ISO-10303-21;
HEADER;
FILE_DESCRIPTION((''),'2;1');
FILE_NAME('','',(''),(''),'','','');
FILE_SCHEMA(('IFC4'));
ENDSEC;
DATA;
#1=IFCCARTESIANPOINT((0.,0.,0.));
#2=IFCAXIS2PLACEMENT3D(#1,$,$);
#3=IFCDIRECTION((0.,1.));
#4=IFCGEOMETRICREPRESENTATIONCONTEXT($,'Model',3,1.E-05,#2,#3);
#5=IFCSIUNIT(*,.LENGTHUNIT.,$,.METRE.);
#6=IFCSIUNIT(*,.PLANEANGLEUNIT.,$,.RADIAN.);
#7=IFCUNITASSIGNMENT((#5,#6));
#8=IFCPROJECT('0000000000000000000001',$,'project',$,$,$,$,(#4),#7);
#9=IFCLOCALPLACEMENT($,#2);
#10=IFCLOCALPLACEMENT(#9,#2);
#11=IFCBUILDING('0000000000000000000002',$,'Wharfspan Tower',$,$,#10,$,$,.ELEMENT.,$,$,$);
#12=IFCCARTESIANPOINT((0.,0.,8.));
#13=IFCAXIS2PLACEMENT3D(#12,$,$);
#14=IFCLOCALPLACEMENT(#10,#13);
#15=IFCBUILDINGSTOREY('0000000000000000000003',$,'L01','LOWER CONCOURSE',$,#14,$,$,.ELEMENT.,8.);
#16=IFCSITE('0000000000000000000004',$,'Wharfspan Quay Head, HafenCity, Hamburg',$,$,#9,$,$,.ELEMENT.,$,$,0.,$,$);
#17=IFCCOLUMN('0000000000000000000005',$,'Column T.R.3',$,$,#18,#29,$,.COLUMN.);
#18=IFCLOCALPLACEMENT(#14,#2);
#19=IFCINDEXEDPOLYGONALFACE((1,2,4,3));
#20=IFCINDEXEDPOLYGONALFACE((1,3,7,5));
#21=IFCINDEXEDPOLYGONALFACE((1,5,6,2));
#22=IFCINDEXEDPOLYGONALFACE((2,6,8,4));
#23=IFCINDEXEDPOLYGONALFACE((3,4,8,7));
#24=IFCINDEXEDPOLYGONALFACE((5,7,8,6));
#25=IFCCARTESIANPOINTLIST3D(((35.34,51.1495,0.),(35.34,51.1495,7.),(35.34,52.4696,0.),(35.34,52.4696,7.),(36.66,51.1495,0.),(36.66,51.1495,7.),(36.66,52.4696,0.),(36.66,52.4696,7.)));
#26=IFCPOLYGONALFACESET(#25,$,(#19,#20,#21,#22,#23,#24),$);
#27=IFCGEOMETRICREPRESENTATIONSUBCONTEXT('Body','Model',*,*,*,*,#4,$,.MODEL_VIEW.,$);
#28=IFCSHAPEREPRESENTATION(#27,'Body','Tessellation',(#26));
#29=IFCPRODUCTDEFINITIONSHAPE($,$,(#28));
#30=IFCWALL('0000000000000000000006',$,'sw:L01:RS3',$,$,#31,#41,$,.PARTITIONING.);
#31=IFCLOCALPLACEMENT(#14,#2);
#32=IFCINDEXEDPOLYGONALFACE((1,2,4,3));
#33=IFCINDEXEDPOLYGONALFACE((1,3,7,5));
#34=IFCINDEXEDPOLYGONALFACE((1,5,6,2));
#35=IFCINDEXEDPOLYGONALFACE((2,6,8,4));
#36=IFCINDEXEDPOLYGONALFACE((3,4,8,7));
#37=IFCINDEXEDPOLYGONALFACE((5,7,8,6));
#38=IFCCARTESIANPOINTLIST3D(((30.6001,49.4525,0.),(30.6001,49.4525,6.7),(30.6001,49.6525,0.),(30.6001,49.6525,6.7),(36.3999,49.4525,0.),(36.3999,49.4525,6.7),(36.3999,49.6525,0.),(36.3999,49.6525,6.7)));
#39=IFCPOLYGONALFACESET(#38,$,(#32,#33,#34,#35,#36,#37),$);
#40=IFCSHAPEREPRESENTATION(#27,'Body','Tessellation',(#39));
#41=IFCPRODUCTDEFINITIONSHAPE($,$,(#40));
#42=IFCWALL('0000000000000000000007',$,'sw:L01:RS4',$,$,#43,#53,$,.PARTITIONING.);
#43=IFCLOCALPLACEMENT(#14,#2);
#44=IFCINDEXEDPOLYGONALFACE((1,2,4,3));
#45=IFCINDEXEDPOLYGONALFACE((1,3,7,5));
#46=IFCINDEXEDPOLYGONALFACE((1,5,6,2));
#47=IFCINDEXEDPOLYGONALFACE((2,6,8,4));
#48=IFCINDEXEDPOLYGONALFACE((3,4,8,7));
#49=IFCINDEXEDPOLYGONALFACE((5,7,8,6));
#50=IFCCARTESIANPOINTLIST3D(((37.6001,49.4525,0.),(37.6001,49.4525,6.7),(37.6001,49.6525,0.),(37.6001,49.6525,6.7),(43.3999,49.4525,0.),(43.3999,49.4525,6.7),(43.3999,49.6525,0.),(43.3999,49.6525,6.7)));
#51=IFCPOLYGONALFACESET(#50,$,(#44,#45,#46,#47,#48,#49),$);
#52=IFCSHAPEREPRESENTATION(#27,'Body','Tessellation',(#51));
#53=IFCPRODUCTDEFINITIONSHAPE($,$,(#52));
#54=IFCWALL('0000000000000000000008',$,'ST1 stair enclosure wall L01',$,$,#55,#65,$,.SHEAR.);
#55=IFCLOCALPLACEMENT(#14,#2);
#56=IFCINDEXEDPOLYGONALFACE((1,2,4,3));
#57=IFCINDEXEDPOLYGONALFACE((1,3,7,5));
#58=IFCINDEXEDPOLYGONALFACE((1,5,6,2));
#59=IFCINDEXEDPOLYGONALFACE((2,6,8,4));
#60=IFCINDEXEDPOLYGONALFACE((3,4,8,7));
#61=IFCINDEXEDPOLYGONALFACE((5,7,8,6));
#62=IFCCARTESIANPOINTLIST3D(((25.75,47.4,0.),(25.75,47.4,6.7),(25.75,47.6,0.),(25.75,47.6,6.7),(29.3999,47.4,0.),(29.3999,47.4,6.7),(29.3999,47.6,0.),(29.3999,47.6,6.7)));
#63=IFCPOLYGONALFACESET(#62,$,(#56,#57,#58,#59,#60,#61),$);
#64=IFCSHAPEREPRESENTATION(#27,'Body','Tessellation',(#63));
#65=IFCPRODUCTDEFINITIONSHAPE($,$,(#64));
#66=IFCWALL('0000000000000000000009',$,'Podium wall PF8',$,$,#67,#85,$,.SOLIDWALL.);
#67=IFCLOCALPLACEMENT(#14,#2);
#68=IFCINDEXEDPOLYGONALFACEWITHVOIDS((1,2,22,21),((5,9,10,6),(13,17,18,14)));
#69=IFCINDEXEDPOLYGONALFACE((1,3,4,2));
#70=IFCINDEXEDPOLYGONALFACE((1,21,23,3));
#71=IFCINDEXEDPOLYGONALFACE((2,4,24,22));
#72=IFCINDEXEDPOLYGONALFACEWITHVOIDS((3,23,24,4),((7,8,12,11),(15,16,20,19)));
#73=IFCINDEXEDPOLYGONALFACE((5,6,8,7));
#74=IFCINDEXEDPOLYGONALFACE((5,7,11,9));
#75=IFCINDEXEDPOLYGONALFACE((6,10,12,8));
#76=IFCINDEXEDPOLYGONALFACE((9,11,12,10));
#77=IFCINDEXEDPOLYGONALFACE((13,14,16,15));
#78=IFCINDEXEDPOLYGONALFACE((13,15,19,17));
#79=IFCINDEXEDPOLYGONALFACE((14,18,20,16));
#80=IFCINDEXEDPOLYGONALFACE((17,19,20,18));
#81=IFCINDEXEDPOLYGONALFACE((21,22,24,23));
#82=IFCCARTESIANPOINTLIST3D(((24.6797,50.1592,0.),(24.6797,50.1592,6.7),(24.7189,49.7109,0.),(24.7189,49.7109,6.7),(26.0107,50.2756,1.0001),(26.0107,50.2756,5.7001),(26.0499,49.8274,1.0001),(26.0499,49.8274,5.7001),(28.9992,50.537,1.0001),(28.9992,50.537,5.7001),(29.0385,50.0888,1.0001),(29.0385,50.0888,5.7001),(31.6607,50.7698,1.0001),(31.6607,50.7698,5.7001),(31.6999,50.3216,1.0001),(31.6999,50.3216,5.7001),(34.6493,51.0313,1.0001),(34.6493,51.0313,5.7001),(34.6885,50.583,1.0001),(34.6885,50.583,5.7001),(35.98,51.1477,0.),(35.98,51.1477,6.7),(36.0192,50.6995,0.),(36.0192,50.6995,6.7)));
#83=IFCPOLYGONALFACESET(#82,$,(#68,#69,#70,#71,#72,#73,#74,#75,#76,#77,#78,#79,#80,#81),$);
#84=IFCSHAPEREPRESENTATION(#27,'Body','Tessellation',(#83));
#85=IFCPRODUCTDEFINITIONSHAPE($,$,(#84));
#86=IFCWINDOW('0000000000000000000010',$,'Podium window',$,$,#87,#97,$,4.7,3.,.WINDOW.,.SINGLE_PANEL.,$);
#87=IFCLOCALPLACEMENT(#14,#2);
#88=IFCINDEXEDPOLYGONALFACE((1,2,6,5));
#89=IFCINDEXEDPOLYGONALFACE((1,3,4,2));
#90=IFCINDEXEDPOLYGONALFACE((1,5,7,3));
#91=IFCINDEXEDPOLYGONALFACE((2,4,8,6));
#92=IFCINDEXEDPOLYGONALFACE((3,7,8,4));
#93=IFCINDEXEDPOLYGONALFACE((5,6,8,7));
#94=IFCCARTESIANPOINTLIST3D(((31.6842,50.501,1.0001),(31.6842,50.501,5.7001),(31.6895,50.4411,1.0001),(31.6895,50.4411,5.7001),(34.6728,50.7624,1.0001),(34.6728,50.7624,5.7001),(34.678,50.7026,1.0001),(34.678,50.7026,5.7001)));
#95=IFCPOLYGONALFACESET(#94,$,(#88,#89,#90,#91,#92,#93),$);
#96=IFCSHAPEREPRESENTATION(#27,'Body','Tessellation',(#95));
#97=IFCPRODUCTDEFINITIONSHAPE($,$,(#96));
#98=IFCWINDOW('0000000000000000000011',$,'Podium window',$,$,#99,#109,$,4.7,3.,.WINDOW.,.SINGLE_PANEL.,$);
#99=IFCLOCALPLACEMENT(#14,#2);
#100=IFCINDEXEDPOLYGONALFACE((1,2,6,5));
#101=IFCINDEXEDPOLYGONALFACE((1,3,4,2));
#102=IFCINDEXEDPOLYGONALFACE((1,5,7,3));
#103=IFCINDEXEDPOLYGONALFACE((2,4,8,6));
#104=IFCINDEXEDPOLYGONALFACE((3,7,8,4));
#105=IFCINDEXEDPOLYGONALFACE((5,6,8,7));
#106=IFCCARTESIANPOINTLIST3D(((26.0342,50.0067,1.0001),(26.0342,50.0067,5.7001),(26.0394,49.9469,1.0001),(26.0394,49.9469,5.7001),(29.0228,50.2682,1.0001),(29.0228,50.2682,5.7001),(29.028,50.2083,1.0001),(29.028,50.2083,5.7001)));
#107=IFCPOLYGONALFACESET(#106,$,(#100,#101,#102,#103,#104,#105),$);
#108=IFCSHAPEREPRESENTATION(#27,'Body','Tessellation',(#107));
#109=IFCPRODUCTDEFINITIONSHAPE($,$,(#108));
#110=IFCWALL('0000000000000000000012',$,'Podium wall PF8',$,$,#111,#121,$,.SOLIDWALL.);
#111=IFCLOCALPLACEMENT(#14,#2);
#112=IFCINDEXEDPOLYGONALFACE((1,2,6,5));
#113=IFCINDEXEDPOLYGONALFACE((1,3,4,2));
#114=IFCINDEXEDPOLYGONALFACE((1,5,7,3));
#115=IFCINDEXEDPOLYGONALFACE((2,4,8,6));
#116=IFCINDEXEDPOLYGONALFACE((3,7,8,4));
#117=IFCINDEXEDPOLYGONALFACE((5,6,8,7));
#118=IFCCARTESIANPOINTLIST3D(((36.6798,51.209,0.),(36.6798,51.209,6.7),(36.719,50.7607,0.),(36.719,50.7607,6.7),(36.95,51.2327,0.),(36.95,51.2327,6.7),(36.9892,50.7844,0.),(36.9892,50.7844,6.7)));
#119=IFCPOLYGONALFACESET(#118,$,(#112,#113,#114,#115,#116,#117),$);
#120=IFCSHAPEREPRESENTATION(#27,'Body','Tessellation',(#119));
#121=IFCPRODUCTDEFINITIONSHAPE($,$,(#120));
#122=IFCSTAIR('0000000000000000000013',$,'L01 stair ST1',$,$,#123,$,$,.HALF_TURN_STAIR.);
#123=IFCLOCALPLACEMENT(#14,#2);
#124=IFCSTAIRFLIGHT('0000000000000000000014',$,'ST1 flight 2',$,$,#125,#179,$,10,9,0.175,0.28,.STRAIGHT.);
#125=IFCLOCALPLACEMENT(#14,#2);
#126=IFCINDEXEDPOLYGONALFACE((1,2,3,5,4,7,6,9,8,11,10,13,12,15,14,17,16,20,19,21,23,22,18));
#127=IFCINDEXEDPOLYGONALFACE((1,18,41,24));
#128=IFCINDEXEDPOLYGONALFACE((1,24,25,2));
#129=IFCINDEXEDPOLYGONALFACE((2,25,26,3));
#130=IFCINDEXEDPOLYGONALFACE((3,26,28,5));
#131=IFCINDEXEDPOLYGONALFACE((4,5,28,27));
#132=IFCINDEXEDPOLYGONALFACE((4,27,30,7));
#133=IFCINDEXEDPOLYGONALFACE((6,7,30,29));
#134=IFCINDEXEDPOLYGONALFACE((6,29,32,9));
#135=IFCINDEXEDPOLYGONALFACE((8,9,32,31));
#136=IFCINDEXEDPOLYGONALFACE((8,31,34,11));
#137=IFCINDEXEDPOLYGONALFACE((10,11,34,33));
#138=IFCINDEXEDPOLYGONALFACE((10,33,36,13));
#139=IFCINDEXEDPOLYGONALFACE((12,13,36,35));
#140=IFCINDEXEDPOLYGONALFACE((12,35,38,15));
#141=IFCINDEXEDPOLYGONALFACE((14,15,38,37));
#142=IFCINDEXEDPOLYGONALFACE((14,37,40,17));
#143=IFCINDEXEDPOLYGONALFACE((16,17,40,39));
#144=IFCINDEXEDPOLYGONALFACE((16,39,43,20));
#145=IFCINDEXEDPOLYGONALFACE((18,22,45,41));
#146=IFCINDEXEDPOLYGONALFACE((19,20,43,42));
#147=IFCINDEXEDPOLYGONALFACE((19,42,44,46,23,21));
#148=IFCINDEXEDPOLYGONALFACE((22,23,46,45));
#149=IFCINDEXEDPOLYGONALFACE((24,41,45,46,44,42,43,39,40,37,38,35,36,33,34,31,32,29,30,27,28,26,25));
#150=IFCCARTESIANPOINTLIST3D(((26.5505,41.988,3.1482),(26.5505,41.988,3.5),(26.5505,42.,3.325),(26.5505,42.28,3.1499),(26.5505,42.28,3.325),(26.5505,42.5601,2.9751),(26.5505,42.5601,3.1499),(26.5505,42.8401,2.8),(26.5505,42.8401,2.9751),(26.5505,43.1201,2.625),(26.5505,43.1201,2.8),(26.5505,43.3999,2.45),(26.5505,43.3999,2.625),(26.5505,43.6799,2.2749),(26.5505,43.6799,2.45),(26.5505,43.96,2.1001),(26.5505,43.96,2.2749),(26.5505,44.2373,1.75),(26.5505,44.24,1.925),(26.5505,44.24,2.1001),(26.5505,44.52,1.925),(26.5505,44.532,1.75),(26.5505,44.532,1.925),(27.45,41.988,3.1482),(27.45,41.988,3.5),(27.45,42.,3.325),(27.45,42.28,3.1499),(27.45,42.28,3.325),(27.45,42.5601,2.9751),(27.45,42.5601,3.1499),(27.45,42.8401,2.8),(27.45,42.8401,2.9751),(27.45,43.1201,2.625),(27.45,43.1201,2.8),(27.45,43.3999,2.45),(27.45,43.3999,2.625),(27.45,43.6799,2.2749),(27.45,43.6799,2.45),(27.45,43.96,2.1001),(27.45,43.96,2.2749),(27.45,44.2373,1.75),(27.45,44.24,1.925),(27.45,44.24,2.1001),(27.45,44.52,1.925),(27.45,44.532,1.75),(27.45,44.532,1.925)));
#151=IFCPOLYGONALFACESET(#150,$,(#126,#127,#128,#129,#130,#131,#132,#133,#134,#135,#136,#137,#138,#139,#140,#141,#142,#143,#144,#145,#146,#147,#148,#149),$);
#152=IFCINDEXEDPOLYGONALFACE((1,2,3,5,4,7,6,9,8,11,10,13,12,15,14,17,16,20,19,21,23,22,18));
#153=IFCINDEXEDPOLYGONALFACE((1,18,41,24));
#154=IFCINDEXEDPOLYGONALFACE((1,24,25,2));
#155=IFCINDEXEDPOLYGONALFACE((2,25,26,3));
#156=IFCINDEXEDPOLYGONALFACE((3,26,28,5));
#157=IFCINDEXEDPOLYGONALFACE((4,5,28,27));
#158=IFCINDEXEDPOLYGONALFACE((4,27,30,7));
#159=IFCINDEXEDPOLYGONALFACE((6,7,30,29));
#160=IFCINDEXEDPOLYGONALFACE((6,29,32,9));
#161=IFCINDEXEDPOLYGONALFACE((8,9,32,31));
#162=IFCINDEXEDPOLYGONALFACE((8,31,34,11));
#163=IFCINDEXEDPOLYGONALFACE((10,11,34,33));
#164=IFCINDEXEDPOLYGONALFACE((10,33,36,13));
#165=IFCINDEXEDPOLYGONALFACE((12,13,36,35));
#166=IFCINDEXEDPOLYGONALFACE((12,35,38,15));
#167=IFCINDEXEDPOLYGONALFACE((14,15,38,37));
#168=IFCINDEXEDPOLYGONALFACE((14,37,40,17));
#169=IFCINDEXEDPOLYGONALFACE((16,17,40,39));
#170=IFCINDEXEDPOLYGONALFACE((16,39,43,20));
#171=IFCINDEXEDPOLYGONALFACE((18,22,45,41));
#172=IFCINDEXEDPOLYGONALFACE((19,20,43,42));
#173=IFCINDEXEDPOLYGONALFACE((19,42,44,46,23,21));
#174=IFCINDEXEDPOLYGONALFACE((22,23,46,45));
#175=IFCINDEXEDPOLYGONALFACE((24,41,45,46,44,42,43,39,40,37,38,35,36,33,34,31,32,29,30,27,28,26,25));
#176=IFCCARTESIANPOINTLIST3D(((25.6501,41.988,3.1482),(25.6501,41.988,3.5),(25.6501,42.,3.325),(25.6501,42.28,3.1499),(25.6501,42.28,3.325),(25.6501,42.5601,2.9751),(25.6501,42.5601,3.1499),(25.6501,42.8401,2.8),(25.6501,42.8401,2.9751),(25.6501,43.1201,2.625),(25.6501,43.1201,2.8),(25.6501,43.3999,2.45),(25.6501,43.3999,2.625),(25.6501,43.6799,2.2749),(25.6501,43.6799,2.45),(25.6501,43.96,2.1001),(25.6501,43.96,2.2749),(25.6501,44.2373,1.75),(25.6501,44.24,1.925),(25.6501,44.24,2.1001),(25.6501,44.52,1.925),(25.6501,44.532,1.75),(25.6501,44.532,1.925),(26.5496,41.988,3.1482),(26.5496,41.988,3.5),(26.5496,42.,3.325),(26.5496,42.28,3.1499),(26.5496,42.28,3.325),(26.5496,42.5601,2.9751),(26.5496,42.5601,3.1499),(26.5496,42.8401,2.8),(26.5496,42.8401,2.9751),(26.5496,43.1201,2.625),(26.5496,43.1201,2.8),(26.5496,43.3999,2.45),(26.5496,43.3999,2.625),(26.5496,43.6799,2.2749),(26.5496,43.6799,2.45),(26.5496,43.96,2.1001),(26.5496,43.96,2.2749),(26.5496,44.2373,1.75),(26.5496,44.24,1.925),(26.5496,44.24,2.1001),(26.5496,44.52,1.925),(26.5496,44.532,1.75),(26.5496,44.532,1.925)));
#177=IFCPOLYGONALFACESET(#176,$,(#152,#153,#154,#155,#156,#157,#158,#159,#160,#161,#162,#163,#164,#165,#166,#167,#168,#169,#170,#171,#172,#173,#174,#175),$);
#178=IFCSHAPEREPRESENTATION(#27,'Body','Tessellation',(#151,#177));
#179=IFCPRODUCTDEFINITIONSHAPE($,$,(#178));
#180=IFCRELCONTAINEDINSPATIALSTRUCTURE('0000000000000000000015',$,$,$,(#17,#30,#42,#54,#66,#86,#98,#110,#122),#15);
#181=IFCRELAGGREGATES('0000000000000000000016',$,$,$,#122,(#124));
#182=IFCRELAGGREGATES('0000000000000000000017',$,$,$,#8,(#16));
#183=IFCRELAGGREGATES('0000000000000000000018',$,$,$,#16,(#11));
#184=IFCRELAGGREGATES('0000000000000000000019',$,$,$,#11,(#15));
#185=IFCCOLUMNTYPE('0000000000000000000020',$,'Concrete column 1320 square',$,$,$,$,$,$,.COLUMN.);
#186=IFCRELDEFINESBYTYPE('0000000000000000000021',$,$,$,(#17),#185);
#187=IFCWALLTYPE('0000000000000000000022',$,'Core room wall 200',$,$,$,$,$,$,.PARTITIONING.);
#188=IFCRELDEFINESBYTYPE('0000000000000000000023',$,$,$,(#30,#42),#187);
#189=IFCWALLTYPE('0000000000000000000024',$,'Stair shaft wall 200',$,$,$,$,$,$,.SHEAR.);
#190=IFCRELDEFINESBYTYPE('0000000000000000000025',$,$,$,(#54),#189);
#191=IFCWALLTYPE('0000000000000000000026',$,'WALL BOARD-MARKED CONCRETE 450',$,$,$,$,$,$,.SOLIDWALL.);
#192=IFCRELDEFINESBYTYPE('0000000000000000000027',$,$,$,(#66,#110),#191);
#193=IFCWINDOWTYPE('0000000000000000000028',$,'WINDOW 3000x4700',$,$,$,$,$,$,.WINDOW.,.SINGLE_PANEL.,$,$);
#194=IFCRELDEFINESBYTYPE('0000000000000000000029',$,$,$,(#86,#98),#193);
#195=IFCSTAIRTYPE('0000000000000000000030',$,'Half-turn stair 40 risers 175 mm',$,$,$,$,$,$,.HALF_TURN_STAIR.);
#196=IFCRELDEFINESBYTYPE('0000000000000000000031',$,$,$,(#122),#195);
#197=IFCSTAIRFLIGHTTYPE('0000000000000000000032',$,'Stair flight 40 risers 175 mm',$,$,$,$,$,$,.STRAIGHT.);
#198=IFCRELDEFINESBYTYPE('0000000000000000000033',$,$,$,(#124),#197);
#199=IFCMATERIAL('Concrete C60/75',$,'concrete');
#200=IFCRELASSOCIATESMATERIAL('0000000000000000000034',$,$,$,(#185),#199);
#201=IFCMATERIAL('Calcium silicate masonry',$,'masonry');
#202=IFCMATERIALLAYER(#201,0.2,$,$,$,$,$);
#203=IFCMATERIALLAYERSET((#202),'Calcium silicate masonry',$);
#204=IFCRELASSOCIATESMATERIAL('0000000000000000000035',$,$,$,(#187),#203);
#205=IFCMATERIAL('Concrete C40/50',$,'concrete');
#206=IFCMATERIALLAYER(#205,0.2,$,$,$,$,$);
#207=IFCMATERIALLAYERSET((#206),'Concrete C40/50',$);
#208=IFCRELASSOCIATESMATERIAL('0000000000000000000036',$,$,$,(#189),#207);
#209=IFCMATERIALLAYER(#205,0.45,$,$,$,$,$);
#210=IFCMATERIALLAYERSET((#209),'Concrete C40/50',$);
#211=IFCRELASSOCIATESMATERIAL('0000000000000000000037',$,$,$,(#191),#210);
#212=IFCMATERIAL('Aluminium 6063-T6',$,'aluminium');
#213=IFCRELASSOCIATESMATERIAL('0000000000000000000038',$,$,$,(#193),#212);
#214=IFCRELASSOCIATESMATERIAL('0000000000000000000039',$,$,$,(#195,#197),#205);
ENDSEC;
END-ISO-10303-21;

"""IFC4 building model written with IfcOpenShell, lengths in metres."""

from ifc_helpers import new_model, si_unit, direction, frame, frame_2d, origin, origin_2d, place, context, subcontext, project, spatial, polyline, rectangle, outline, extrude, material, layer, layer_set, material_profile, profile_set, type_object, element, fill, aggregate, save


model = new_model("IFC4")

# Units and contexts
model_context = context("Model", 3, precision=1e-05, world=origin(), true_north=direction((0.0, 1.0)))
body_context = subcontext(model_context, "Body", "Model", "MODEL_VIEW")
ifc_project = project(units=[si_unit("LENGTHUNIT", "METRE"), si_unit("PLANEANGLEUNIT", "RADIAN")], contexts=[model_context])

# Site, building, storey
site_placement = place(None, origin())
site = spatial("IfcSite", under=ifc_project, at=site_placement, Name="Wharfspan Quay Head, HafenCity, Hamburg", CompositionType="ELEMENT", RefElevation=0.0)
building_placement = place(site_placement, origin())
building = spatial("IfcBuilding", under=site, at=building_placement, Name="Wharfspan Tower", CompositionType="ELEMENT")
storey_placement = place(building_placement, frame((0.0, 0.0, 8.0)))
storey = spatial("IfcBuildingStorey", under=building, at=storey_placement, Name="L01", Description="LOWER CONCOURSE", CompositionType="ELEMENT", Elevation=8.0)

# Column
ifc_material_1 = material(Name="Concrete C60/75", Category="concrete")
ifc_material_profile = material_profile(ifc_material_1, rectangle(XDim=1.3201, YDim=1.3201, at=origin_2d()))
ifc_profile_set = profile_set([ifc_material_profile], Name="Concrete C60/75")
column_type = type_object("IfcColumnType", Name="Concrete column 1320 square", PredefinedType="COLUMN", material=ifc_profile_set)
column_placement = place(storey_placement, frame((36.0, 51.8096, 0.0), z_axis=(0.0, 0.0, 1.0), x_axis=(1.0, 0.0, 0.0)))
element("IfcColumn", 1, at=column_placement, inside=storey, type_object=column_type, Name="Column T.R.3", PredefinedType="COLUMN", context=body_context, shape_type="SweptSolid", body=[
    extrude(rectangle(XDim=1.3201, YDim=1.3201, at=origin_2d()), origin(), (0.0, 0.0, 1.0), 7.0),
])

# Walls
ifc_material_2 = material(Name="Calcium silicate masonry", Category="masonry")
ifc_layer_1 = layer(ifc_material_2, 0.2)
ifc_layer_set_1 = layer_set([ifc_layer_1], Name="Calcium silicate masonry")
wall_type_1 = type_object("IfcWallType", Name="Core room wall 200", PredefinedType="PARTITIONING", material=ifc_layer_set_1)
for number, where, z_axis, x_axis, name in (
    (2, (30.6001, 49.5525, 0.0), (0.0, 0.0, 1.0), (1.0, 0.0, 0.0), "sw:L01:RS3"),
    (3, (37.6001, 49.5525, 0.0), (0.0, 0.0, 1.0), (1.0, 0.0, 0.0), "sw:L01:RS4"),
):
    element("IfcWall", number, at=place(storey_placement, frame(where, z_axis=z_axis, x_axis=x_axis)), inside=storey, type_object=wall_type_1, Name=name, PredefinedType="PARTITIONING", context=body_context, shape_type="SweptSolid", body=[
        extrude(rectangle(XDim=5.7998, YDim=0.2, at=frame_2d((2.8999, 0.0))), origin(), (0.0, 0.0, 1.0), 6.7),
    ])
ifc_material_3 = material(Name="Concrete C40/50", Category="concrete")
ifc_layer_2 = layer(ifc_material_3, 0.2)
ifc_layer_set_2 = layer_set([ifc_layer_2], Name="Concrete C40/50")
wall_type_2 = type_object("IfcWallType", Name="Stair shaft wall 200", PredefinedType="SHEAR", material=ifc_layer_set_2)
wall_1_placement = place(storey_placement, frame((25.75, 47.5, 0.0), z_axis=(0.0, 0.0, 1.0), x_axis=(1.0, 0.0, 0.0)))
element("IfcWall", 4, at=wall_1_placement, inside=storey, type_object=wall_type_2, Name="ST1 stair enclosure wall L01", PredefinedType="SHEAR", context=body_context, shape_type="SweptSolid", body=[
    extrude(rectangle(XDim=3.6499, YDim=0.2, at=frame_2d((1.825, 0.0))), origin(), (0.0, 0.0, 1.0), 6.7),
])

# Wall, openings, windows
ifc_layer_3 = layer(ifc_material_3, 0.45)
ifc_layer_set_3 = layer_set([ifc_layer_3], Name="Concrete C40/50")
wall_type_3 = type_object("IfcWallType", Name="WALL BOARD-MARKED CONCRETE 450", PredefinedType="SOLIDWALL", material=ifc_layer_set_3)
wall_2_placement = place(storey_placement, frame((35.9998, 50.9236, 0.0), z_axis=(0.0, 0.0, 1.0), x_axis=(-0.996195, -0.087145, 0.0)))
wall_2 = element("IfcWall", 5, at=wall_2_placement, inside=storey, type_object=wall_type_3, Name="Podium wall PF8", PredefinedType="SOLIDWALL", context=body_context, shape_type="SweptSolid", body=[
    extrude(rectangle(XDim=11.3435, YDim=0.45, at=frame_2d((5.6719, 0.0))), origin(), (0.0, 0.0, 1.0), 6.7),
])
opening_1_placement = place(wall_2_placement, frame((1.3359, 0.0, 1.0)))
opening_1 = element("IfcOpeningElement", 6, at=opening_1_placement, cuts=wall_2, PredefinedType="OPENING", context=body_context, shape_type="SweptSolid", body=[
    extrude(rectangle(XDim=3.0, YDim=4.7, at=frame_2d((1.5, 2.3501))), frame((0.0, 0.2349, 0.0), z_axis=(0.0, -1.0, 0.0), x_axis=(1.0, 0.0, 0.0)), (0.0, 0.0, 1.0), 0.47),
])
opening_2_placement = place(wall_2_placement, frame((7.0076, 0.0, 1.0)))
opening_2 = element("IfcOpeningElement", 7, at=opening_2_placement, cuts=wall_2, PredefinedType="OPENING", context=body_context, shape_type="SweptSolid", body=[
    extrude(rectangle(XDim=3.0, YDim=4.7, at=frame_2d((1.5, 2.3501))), frame((0.0, 0.2349, 0.0), z_axis=(0.0, -1.0, 0.0), x_axis=(1.0, 0.0, 0.0)), (0.0, 0.0, 1.0), 0.47),
])
ifc_material_4 = material(Name="Aluminium 6063-T6", Category="aluminium")
window_type = type_object("IfcWindowType", Name="WINDOW 3000x4700", PartitioningType="SINGLE_PANEL", PredefinedType="WINDOW", material=ifc_material_4)
window_1_placement = place(opening_1_placement, origin())
window_1 = element("IfcWindow", 8, at=window_1_placement, inside=storey, type_object=window_type, Name="Podium window", OverallHeight=4.7, OverallWidth=3.0, PartitioningType="SINGLE_PANEL", PredefinedType="WINDOW", context=body_context, shape_type="SweptSolid", body=[
    extrude(rectangle(XDim=3.0, YDim=4.7, at=frame_2d((1.5, 2.3501))), frame((0.0, 0.105, 0.0), z_axis=(0.0, -1.0, 0.0), x_axis=(1.0, 0.0, 0.0)), (0.0, 0.0, 1.0), 0.0601),
])
fill(opening_1, window_1)
window_2_placement = place(opening_2_placement, origin())
window_2 = element("IfcWindow", 9, at=window_2_placement, inside=storey, type_object=window_type, Name="Podium window", OverallHeight=4.7, OverallWidth=3.0, PartitioningType="SINGLE_PANEL", PredefinedType="WINDOW", context=body_context, shape_type="SweptSolid", body=[
    extrude(rectangle(XDim=3.0, YDim=4.7, at=frame_2d((1.5, 2.3501))), frame((0.0, 0.105, 0.0), z_axis=(0.0, -1.0, 0.0), x_axis=(1.0, 0.0, 0.0)), (0.0, 0.0, 1.0), 0.0601),
])
fill(opening_2, window_2)

# Wall
wall_3_placement = place(storey_placement, frame((36.9697, 51.0085, 0.0), z_axis=(0.0, 0.0, 1.0), x_axis=(-0.996186, -0.08729, 0.0)))
element("IfcWall", 10, at=wall_3_placement, inside=storey, type_object=wall_type_3, Name="Podium wall PF8", PredefinedType="SOLIDWALL", context=body_context, shape_type="SweptSolid", body=[
    extrude(rectangle(XDim=0.2712, YDim=0.45, at=frame_2d((0.1357, 0.0))), origin(), (0.0, 0.0, 1.0), 6.7),
])

# Stair, stair flight
stair_type = type_object("IfcStairType", Name="Half-turn stair 40 risers 175 mm", PredefinedType="HALF_TURN_STAIR", material=ifc_material_3)
stair_placement = place(storey_placement, origin())
stair = element("IfcStair", 11, at=stair_placement, inside=storey, type_object=stair_type, Name="L01 stair ST1", PredefinedType="HALF_TURN_STAIR")
stair_flight_type = type_object("IfcStairFlightType", Name="Stair flight 40 risers 175 mm", PredefinedType="STRAIGHT", material=ifc_material_3)
stair_flight_1_placement = place(storey_placement, frame((26.55, 44.52, 1.75), z_axis=(0.0, 0.0, 1.0), x_axis=(0.0, -1.0, 0.0)))
stair_flight_1 = element("IfcStairFlight", 12, at=stair_flight_1_placement, type_object=stair_flight_type, Name="ST1 flight 2", NumberOfRisers=10, NumberOfTreads=9, PredefinedType="STRAIGHT", RiserHeight=0.175, TreadLength=0.28, context=body_context, shape_type="SweptSolid", body=[
    extrude(outline(polyline([(-0.012, 0.0), (-0.012, 0.175), (0.0, 0.175), (0.28, 0.175), (0.28, 0.3501), (0.5601, 0.3501), (0.5601, 0.5249), (0.8401, 0.5249), (0.8401, 0.7), (1.1201, 0.7), (1.1201, 0.875), (1.3999, 0.875), (1.3999, 1.05), (1.6799, 1.05), (1.6799, 1.2251), (1.96, 1.2251), (1.96, 1.3999), (2.24, 1.3999), (2.24, 1.575), (2.52, 1.575), (2.532, 1.75), (2.532, 1.3982), (0.2827, 0.0), (-0.012, 0.0)])), frame((0.0, 0.8999, 0.0), z_axis=(0.0, -1.0, 0.0), x_axis=(1.0, 0.0, 0.0)), (0.0, 0.0, 1.0), 0.8994),
    extrude(outline(polyline([(-0.012, 0.0), (-0.012, 0.175), (0.0, 0.175), (0.28, 0.175), (0.28, 0.3501), (0.5601, 0.3501), (0.5601, 0.5249), (0.8401, 0.5249), (0.8401, 0.7), (1.1201, 0.7), (1.1201, 0.875), (1.3999, 0.875), (1.3999, 1.05), (1.6799, 1.05), (1.6799, 1.2251), (1.96, 1.2251), (1.96, 1.3999), (2.24, 1.3999), (2.24, 1.575), (2.52, 1.575), (2.532, 1.75), (2.532, 1.3982), (0.2827, 0.0), (-0.012, 0.0)])), frame((0.0, -0.0005, 0.0), z_axis=(0.0, -1.0, 0.0), x_axis=(1.0, 0.0, 0.0)), (0.0, 0.0, 1.0), 0.8994),
])
aggregate(stair, [stair_flight_1])

save(model, "model.ifc")
